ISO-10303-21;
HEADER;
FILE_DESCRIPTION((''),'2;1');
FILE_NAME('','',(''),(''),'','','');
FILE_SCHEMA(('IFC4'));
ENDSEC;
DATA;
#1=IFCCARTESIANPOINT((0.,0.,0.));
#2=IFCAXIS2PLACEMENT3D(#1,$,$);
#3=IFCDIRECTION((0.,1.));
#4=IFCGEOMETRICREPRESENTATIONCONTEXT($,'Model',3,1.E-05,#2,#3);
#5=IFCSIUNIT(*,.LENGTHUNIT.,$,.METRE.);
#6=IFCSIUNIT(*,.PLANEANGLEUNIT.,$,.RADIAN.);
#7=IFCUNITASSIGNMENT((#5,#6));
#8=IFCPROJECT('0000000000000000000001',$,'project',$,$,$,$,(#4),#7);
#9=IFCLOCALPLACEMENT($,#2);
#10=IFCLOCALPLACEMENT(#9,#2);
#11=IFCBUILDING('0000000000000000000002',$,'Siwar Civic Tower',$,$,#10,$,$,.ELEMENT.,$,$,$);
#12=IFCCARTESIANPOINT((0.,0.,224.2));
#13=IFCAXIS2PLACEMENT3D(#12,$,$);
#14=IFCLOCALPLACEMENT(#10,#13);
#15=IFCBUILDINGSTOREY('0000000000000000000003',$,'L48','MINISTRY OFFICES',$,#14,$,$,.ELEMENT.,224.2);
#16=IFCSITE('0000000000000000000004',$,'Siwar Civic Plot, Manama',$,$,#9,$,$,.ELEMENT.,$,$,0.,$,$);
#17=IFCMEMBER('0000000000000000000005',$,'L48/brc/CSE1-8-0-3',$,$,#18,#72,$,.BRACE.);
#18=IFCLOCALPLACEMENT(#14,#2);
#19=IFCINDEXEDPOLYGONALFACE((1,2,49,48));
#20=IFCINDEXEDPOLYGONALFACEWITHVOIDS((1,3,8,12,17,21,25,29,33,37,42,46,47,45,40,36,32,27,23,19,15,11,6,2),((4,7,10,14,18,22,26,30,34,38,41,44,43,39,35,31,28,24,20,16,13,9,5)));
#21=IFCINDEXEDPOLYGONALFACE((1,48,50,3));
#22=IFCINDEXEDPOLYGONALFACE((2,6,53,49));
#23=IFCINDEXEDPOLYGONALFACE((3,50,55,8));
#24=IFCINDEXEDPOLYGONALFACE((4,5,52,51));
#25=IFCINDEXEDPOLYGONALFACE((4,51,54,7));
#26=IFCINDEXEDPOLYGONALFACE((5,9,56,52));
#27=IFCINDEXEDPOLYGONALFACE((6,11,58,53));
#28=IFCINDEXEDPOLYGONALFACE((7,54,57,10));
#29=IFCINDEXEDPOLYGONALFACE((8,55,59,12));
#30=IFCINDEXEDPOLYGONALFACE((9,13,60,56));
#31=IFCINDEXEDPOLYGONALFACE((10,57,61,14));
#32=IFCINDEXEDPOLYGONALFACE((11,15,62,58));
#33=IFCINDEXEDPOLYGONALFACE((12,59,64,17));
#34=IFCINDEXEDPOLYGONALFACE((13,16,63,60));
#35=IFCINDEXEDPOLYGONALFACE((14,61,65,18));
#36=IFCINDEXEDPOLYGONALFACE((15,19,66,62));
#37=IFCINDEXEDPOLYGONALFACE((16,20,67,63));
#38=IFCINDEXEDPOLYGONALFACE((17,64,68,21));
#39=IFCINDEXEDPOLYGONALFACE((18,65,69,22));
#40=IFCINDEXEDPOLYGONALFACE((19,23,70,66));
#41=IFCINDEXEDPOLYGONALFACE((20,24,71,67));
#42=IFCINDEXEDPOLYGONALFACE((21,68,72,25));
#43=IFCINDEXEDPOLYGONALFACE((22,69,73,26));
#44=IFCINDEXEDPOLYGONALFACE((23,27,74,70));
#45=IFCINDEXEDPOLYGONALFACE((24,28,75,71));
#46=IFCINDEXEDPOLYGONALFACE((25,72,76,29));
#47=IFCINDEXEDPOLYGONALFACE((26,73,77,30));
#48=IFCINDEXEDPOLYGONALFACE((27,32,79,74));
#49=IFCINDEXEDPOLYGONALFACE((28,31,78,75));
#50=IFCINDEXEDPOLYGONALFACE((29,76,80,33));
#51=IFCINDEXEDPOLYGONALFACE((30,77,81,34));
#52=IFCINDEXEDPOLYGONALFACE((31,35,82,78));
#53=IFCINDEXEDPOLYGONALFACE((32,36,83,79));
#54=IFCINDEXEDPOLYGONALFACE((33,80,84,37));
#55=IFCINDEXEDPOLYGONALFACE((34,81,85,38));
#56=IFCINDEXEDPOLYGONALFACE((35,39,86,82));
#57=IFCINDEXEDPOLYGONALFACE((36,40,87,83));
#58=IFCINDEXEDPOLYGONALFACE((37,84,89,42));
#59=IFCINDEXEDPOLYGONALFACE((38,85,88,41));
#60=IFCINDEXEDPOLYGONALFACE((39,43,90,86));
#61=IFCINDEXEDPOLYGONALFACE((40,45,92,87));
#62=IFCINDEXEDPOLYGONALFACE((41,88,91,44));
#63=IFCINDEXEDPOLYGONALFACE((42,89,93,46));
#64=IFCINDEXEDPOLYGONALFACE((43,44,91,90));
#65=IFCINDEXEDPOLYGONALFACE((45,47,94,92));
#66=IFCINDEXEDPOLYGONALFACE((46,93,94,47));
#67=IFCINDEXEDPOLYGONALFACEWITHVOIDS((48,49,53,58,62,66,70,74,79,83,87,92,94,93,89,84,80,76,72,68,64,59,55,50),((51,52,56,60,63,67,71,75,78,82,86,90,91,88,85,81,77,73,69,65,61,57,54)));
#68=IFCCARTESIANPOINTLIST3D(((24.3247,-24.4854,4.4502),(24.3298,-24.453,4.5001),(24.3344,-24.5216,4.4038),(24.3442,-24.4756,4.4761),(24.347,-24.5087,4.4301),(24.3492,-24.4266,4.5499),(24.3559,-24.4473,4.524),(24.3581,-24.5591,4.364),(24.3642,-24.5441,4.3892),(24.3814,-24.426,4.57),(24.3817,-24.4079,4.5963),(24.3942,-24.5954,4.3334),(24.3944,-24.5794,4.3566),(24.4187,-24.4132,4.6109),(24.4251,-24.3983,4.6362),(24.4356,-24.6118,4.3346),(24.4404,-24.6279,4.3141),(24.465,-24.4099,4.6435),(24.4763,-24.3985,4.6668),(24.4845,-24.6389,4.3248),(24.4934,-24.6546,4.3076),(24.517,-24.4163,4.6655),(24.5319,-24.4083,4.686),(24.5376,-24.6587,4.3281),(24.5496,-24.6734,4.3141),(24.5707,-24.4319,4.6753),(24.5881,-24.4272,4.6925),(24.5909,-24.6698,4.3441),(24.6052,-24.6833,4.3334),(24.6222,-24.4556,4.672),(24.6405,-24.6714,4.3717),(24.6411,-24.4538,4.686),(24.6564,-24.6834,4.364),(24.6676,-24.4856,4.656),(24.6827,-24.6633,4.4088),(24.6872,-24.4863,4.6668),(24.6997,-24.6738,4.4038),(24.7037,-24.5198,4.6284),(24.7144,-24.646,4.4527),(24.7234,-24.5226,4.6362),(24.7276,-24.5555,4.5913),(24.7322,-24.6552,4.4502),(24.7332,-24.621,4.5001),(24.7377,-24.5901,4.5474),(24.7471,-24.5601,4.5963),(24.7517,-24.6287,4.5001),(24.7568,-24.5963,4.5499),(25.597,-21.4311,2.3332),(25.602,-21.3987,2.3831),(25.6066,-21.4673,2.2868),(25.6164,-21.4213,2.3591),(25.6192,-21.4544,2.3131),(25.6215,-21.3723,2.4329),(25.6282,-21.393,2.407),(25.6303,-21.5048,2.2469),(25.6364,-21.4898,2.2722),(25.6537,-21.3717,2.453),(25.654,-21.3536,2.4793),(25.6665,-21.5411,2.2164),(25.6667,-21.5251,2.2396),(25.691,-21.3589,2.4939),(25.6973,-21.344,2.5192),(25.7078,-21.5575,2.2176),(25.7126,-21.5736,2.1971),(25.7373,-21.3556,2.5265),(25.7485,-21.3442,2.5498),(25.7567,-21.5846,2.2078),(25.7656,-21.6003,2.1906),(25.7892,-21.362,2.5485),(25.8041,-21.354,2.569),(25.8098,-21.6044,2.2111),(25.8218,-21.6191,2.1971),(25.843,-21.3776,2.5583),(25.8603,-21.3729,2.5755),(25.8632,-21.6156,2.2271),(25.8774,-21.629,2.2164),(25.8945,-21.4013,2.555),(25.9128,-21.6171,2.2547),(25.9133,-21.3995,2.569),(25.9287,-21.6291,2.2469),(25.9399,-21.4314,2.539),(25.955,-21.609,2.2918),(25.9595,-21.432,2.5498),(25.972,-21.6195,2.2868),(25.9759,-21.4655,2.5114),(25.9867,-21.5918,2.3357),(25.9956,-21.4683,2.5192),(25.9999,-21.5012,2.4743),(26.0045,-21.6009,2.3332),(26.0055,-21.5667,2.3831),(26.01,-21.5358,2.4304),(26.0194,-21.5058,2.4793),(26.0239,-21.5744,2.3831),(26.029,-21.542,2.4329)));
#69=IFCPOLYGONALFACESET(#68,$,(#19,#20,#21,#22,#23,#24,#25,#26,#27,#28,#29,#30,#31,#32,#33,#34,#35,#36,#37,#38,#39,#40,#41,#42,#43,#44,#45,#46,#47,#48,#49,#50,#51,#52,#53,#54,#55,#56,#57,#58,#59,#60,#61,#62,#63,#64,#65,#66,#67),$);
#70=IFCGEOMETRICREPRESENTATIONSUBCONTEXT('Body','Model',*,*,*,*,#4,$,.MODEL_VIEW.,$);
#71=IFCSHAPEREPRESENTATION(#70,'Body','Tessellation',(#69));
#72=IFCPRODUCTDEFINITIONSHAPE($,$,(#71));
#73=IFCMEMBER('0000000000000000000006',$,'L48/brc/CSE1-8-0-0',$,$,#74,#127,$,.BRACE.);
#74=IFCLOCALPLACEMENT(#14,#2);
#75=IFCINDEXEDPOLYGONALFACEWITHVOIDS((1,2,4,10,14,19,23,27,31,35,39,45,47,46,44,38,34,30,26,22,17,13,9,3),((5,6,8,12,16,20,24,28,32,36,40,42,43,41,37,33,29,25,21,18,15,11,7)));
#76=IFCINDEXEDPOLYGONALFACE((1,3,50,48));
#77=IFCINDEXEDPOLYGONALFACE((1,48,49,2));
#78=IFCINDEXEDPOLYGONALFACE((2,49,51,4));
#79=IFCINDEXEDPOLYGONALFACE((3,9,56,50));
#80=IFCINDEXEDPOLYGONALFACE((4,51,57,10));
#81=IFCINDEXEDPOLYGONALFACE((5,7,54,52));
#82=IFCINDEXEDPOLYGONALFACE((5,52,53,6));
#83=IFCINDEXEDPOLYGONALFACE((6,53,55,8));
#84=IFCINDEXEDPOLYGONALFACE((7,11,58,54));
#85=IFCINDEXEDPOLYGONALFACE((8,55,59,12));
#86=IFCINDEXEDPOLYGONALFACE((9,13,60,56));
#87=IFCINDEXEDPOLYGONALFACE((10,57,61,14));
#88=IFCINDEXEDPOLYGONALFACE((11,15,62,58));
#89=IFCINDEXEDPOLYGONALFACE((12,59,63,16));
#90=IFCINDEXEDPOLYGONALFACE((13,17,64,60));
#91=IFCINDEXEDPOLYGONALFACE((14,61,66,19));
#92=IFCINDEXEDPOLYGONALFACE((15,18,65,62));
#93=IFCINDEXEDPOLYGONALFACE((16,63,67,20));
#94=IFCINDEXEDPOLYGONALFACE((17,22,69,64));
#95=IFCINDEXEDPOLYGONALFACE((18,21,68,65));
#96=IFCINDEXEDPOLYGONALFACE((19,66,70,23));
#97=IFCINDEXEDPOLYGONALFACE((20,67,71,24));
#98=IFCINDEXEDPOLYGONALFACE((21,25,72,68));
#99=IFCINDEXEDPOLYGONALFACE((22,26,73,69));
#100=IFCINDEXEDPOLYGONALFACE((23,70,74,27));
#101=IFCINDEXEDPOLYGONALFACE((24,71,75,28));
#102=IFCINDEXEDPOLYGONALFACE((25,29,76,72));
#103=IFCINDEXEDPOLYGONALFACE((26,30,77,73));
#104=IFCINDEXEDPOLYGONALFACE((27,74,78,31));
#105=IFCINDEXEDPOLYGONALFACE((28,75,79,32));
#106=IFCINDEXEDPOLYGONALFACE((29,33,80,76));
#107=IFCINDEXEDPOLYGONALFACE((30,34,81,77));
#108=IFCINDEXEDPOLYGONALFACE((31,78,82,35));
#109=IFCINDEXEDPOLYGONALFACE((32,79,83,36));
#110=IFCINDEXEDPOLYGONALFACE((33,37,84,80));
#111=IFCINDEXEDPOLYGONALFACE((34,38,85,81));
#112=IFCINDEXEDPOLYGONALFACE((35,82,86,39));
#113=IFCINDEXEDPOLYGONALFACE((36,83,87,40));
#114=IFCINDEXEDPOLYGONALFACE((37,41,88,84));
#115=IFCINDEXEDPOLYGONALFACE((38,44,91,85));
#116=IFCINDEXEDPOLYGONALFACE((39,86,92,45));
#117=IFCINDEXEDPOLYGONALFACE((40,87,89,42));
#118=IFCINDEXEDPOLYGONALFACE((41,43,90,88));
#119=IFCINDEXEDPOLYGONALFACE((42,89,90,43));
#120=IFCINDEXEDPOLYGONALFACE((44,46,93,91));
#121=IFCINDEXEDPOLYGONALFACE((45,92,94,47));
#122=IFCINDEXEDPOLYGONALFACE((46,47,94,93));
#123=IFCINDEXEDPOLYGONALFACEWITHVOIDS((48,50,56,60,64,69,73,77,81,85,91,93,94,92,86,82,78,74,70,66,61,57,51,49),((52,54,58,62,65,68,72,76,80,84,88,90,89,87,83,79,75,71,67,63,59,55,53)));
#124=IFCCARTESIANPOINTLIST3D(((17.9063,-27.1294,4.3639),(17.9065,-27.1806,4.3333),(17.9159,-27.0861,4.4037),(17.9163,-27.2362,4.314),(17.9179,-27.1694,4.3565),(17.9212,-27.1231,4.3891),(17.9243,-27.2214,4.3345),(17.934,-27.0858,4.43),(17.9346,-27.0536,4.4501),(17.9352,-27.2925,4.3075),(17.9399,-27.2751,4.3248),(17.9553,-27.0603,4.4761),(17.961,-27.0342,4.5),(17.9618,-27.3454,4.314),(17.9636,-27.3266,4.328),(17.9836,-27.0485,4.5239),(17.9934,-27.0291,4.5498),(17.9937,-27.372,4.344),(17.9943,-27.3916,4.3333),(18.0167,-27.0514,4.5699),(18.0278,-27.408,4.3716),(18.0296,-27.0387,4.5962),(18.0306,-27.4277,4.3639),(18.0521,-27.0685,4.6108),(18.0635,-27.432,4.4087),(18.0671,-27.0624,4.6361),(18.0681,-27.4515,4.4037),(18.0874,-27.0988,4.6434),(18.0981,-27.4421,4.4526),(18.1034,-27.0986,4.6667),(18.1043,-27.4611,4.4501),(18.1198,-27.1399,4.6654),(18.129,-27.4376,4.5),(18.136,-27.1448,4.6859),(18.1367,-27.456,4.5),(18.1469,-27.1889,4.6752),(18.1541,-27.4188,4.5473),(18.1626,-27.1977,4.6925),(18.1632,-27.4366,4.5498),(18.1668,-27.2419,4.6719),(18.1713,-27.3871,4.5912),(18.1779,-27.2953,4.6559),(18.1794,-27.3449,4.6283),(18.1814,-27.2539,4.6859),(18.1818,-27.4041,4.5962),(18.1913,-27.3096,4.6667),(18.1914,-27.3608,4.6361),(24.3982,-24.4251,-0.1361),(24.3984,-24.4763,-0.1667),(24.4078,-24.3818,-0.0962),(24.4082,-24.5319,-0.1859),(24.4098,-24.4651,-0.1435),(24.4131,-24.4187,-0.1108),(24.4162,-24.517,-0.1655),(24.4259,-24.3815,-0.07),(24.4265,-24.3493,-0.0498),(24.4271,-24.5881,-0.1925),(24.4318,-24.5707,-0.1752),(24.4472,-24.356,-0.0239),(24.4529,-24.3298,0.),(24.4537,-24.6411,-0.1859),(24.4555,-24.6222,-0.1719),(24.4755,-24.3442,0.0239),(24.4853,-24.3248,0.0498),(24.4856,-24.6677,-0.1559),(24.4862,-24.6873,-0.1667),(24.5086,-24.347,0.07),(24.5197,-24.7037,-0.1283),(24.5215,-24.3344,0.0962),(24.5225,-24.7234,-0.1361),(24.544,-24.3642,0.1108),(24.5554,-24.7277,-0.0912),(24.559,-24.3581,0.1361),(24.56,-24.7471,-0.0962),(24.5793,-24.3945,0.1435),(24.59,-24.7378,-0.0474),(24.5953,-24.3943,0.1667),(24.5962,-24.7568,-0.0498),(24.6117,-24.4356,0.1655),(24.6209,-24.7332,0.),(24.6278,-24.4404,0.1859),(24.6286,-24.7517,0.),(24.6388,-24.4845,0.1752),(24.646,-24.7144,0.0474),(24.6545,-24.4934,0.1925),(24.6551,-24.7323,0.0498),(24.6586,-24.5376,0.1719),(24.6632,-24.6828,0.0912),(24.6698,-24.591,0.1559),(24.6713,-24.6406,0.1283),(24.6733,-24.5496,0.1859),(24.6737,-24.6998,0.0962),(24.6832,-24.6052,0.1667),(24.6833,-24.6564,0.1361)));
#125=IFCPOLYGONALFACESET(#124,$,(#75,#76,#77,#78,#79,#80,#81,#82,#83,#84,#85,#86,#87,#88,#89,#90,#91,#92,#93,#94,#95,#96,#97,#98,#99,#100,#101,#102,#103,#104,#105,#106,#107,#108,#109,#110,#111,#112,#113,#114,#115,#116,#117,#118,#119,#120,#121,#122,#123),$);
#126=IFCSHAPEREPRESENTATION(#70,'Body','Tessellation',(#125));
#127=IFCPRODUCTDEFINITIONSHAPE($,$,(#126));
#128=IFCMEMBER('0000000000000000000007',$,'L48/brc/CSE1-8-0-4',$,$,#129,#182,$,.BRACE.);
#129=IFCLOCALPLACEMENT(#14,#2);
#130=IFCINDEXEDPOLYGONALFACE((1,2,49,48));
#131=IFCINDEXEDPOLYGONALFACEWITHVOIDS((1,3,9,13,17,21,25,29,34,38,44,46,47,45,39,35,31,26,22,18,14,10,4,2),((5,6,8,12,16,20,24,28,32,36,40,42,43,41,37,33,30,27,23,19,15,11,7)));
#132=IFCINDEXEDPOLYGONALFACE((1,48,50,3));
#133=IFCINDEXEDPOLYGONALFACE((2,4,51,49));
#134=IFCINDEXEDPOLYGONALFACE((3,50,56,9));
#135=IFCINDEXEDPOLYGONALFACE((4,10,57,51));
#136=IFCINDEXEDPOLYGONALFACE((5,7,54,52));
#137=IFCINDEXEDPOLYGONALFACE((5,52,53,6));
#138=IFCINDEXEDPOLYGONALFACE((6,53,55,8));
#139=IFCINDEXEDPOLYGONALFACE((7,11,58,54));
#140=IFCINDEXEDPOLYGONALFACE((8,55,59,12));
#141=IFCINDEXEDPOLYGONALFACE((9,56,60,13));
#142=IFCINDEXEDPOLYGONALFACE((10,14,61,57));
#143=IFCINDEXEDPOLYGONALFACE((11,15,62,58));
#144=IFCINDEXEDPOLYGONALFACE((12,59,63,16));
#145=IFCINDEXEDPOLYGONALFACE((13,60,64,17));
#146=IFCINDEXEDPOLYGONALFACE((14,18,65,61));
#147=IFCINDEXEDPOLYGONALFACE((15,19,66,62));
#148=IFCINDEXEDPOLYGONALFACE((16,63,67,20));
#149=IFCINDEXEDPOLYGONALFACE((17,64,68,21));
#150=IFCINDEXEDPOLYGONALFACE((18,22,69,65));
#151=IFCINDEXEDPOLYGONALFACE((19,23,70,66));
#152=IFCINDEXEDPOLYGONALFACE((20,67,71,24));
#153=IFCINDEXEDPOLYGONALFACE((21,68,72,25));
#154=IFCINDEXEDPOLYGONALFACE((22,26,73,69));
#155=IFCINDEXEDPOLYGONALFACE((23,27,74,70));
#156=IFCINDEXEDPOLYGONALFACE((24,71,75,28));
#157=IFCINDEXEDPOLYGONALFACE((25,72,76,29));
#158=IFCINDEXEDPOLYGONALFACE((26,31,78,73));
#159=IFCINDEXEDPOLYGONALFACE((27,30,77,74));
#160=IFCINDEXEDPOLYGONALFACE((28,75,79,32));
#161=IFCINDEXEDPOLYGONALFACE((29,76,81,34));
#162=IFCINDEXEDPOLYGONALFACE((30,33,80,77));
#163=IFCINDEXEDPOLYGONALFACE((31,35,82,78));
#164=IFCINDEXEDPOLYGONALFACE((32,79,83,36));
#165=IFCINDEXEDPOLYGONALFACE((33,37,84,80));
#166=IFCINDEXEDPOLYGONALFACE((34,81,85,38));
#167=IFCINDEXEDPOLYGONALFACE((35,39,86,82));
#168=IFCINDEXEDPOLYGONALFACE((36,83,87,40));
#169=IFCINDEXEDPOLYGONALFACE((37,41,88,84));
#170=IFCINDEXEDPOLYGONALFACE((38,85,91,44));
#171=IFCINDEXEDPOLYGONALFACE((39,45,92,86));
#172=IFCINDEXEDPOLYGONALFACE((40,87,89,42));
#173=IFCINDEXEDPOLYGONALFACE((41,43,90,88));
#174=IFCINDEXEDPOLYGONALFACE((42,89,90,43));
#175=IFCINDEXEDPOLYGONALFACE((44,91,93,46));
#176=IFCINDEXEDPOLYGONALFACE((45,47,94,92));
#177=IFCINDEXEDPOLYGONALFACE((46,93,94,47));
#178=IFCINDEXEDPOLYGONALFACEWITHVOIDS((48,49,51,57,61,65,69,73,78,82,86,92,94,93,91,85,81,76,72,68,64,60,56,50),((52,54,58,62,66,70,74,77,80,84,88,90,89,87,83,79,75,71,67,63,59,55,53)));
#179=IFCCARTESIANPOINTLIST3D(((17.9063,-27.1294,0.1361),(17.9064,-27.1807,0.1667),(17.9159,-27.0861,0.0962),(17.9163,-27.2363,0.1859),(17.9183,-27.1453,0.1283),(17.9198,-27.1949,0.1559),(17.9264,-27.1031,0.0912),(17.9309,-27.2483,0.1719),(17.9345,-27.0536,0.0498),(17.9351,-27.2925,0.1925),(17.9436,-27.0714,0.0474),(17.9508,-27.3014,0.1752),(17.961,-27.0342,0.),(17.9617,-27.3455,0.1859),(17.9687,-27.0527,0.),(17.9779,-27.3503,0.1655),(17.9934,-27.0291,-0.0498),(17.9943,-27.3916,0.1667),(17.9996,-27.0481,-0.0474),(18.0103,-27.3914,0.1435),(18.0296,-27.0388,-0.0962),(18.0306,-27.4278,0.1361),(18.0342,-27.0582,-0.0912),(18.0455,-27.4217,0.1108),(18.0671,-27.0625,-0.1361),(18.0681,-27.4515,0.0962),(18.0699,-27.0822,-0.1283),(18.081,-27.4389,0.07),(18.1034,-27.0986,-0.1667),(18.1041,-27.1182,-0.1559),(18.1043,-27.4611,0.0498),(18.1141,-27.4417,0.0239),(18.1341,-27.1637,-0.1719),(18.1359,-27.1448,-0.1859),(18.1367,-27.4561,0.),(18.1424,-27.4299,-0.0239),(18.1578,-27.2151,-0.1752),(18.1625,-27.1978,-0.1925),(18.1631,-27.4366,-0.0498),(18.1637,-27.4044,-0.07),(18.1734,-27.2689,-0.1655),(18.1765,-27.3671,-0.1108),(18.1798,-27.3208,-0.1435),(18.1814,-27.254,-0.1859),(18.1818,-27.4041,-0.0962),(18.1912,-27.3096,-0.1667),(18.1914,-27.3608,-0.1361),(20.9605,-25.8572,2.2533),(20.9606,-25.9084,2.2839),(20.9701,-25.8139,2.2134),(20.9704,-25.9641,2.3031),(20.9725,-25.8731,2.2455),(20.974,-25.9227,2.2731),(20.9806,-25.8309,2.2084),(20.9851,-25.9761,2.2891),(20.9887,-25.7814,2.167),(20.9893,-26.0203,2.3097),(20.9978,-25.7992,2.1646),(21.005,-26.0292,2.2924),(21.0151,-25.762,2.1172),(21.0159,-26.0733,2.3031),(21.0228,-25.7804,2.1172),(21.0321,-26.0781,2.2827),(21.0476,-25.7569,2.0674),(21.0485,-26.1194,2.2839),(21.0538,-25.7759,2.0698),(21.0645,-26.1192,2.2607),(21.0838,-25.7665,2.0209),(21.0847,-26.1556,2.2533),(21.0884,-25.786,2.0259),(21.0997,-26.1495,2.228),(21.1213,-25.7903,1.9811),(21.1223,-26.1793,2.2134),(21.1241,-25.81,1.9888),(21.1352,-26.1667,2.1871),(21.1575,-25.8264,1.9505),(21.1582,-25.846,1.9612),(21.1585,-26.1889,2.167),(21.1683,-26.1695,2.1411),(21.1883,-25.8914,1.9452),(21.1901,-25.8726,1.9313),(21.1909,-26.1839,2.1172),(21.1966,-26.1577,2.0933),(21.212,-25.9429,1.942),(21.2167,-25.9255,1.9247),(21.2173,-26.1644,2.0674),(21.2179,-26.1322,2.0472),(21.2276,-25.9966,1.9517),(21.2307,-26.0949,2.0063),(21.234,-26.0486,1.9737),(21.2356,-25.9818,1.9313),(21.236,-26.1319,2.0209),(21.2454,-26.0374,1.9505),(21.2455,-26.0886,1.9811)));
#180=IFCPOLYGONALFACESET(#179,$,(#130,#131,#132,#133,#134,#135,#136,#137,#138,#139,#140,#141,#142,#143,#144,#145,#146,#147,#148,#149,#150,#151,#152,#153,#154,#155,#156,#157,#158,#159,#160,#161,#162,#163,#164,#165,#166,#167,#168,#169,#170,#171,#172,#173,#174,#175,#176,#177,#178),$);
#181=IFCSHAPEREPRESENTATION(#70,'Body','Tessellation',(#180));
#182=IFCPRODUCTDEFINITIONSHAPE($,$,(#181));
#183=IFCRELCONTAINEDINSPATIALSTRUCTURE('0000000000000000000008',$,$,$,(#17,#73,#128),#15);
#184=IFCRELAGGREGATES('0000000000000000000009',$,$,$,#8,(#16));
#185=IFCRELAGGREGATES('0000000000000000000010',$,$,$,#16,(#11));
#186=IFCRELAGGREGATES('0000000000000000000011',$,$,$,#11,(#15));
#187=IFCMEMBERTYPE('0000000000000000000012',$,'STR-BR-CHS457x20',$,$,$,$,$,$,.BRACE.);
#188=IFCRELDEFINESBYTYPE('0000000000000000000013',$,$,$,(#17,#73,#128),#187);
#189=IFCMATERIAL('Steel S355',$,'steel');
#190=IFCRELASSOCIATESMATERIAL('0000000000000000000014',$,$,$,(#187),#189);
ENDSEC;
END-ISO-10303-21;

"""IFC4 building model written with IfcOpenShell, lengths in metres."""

from ifc_helpers import new_model, si_unit, direction, frame, origin, origin_2d, place, context, subcontext, project, spatial, hollow_circle, extrude, material, material_profile, profile_set, type_object, element, save


model = new_model("IFC4")

# Units and contexts
model_context = context("Model", 3, precision=1e-05, world=origin(), true_north=direction((0.0, 1.0)))
body_context = subcontext(model_context, "Body", "Model", "MODEL_VIEW")
ifc_project = project(units=[si_unit("LENGTHUNIT", "METRE"), si_unit("PLANEANGLEUNIT", "RADIAN")], contexts=[model_context])

# Site, building, storey
site_placement = place(None, origin())
site = spatial("IfcSite", under=ifc_project, at=site_placement, Name="Siwar Civic Plot, Manama", CompositionType="ELEMENT", RefElevation=0.0)
building_placement = place(site_placement, origin())
building = spatial("IfcBuilding", under=site, at=building_placement, Name="Siwar Civic Tower", CompositionType="ELEMENT")
storey_placement = place(building_placement, frame((0.0, 0.0, 224.2)))
storey = spatial("IfcBuildingStorey", under=building, at=storey_placement, Name="L48", Description="MINISTRY OFFICES", CompositionType="ELEMENT", Elevation=224.2)

# Members
ifc_material_1 = material(Name="Steel S355", Category="steel")
ifc_material_profile_1 = material_profile(ifc_material_1, hollow_circle(Radius=0.2285, WallThickness=0.02, at=origin_2d()), Name="CHS457x20")
ifc_profile_set_1 = profile_set([ifc_material_profile_1], Name="Steel S355")
member_type_1 = type_object("IfcMemberType", Name="STR-BR-CHS457x20", PredefinedType="BRACE", material=ifc_profile_set_1)
member_1_placement = place(storey_placement, frame((25.813, -21.4866, 2.3831), z_axis=(-0.323895, -0.777572, 0.538955), x_axis=(0.923116, -0.384521, 0.0)))
element("IfcMember", 1, at=member_1_placement, inside=storey, type_object=member_type_1, Name="L48/brc/CSE1-8-0-3", PredefinedType="BRACE", context=body_context, shape_type="SweptSolid", body=[
    extrude(hollow_circle(Radius=0.2285, WallThickness=0.02, at=origin_2d()), origin(), (0.0, 0.0, 1.0), 3.928),
])
member_2_placement = place(storey_placement, frame((24.5408, -24.5408, 0.0), z_axis=(-0.777555, -0.323906, 0.538975), x_axis=(0.384539, -0.923109, 0.0)))
element("IfcMember", 2, at=member_2_placement, inside=storey, type_object=member_type_1, Name="L48/brc/CSE1-8-0-0", PredefinedType="BRACE", context=body_context, shape_type="SweptSolid", body=[
    extrude(hollow_circle(Radius=0.2285, WallThickness=0.02, at=origin_2d()), origin(), (0.0, 0.0, 1.0), 8.3491),
])
for number, where, z_axis, x_axis, name in (
    (3, (18.0488, -27.2451, 0.0), (0.777546, 0.323884, 0.538999), (-0.384521, 0.923116, 0.0), "L48/brc/CSE1-8-0-4"),
):
    element("IfcMember", number, at=place(storey_placement, frame(where, z_axis=z_axis, x_axis=x_axis)), inside=storey, type_object=member_type_1, Name=name, PredefinedType="BRACE", context=body_context, shape_type="SweptSolid", body=[
        extrude(hollow_circle(Radius=0.2285, WallThickness=0.02, at=origin_2d()), origin(), (0.0, 0.0, 1.0), 3.928),
    ])

save(model, "model.ifc")
